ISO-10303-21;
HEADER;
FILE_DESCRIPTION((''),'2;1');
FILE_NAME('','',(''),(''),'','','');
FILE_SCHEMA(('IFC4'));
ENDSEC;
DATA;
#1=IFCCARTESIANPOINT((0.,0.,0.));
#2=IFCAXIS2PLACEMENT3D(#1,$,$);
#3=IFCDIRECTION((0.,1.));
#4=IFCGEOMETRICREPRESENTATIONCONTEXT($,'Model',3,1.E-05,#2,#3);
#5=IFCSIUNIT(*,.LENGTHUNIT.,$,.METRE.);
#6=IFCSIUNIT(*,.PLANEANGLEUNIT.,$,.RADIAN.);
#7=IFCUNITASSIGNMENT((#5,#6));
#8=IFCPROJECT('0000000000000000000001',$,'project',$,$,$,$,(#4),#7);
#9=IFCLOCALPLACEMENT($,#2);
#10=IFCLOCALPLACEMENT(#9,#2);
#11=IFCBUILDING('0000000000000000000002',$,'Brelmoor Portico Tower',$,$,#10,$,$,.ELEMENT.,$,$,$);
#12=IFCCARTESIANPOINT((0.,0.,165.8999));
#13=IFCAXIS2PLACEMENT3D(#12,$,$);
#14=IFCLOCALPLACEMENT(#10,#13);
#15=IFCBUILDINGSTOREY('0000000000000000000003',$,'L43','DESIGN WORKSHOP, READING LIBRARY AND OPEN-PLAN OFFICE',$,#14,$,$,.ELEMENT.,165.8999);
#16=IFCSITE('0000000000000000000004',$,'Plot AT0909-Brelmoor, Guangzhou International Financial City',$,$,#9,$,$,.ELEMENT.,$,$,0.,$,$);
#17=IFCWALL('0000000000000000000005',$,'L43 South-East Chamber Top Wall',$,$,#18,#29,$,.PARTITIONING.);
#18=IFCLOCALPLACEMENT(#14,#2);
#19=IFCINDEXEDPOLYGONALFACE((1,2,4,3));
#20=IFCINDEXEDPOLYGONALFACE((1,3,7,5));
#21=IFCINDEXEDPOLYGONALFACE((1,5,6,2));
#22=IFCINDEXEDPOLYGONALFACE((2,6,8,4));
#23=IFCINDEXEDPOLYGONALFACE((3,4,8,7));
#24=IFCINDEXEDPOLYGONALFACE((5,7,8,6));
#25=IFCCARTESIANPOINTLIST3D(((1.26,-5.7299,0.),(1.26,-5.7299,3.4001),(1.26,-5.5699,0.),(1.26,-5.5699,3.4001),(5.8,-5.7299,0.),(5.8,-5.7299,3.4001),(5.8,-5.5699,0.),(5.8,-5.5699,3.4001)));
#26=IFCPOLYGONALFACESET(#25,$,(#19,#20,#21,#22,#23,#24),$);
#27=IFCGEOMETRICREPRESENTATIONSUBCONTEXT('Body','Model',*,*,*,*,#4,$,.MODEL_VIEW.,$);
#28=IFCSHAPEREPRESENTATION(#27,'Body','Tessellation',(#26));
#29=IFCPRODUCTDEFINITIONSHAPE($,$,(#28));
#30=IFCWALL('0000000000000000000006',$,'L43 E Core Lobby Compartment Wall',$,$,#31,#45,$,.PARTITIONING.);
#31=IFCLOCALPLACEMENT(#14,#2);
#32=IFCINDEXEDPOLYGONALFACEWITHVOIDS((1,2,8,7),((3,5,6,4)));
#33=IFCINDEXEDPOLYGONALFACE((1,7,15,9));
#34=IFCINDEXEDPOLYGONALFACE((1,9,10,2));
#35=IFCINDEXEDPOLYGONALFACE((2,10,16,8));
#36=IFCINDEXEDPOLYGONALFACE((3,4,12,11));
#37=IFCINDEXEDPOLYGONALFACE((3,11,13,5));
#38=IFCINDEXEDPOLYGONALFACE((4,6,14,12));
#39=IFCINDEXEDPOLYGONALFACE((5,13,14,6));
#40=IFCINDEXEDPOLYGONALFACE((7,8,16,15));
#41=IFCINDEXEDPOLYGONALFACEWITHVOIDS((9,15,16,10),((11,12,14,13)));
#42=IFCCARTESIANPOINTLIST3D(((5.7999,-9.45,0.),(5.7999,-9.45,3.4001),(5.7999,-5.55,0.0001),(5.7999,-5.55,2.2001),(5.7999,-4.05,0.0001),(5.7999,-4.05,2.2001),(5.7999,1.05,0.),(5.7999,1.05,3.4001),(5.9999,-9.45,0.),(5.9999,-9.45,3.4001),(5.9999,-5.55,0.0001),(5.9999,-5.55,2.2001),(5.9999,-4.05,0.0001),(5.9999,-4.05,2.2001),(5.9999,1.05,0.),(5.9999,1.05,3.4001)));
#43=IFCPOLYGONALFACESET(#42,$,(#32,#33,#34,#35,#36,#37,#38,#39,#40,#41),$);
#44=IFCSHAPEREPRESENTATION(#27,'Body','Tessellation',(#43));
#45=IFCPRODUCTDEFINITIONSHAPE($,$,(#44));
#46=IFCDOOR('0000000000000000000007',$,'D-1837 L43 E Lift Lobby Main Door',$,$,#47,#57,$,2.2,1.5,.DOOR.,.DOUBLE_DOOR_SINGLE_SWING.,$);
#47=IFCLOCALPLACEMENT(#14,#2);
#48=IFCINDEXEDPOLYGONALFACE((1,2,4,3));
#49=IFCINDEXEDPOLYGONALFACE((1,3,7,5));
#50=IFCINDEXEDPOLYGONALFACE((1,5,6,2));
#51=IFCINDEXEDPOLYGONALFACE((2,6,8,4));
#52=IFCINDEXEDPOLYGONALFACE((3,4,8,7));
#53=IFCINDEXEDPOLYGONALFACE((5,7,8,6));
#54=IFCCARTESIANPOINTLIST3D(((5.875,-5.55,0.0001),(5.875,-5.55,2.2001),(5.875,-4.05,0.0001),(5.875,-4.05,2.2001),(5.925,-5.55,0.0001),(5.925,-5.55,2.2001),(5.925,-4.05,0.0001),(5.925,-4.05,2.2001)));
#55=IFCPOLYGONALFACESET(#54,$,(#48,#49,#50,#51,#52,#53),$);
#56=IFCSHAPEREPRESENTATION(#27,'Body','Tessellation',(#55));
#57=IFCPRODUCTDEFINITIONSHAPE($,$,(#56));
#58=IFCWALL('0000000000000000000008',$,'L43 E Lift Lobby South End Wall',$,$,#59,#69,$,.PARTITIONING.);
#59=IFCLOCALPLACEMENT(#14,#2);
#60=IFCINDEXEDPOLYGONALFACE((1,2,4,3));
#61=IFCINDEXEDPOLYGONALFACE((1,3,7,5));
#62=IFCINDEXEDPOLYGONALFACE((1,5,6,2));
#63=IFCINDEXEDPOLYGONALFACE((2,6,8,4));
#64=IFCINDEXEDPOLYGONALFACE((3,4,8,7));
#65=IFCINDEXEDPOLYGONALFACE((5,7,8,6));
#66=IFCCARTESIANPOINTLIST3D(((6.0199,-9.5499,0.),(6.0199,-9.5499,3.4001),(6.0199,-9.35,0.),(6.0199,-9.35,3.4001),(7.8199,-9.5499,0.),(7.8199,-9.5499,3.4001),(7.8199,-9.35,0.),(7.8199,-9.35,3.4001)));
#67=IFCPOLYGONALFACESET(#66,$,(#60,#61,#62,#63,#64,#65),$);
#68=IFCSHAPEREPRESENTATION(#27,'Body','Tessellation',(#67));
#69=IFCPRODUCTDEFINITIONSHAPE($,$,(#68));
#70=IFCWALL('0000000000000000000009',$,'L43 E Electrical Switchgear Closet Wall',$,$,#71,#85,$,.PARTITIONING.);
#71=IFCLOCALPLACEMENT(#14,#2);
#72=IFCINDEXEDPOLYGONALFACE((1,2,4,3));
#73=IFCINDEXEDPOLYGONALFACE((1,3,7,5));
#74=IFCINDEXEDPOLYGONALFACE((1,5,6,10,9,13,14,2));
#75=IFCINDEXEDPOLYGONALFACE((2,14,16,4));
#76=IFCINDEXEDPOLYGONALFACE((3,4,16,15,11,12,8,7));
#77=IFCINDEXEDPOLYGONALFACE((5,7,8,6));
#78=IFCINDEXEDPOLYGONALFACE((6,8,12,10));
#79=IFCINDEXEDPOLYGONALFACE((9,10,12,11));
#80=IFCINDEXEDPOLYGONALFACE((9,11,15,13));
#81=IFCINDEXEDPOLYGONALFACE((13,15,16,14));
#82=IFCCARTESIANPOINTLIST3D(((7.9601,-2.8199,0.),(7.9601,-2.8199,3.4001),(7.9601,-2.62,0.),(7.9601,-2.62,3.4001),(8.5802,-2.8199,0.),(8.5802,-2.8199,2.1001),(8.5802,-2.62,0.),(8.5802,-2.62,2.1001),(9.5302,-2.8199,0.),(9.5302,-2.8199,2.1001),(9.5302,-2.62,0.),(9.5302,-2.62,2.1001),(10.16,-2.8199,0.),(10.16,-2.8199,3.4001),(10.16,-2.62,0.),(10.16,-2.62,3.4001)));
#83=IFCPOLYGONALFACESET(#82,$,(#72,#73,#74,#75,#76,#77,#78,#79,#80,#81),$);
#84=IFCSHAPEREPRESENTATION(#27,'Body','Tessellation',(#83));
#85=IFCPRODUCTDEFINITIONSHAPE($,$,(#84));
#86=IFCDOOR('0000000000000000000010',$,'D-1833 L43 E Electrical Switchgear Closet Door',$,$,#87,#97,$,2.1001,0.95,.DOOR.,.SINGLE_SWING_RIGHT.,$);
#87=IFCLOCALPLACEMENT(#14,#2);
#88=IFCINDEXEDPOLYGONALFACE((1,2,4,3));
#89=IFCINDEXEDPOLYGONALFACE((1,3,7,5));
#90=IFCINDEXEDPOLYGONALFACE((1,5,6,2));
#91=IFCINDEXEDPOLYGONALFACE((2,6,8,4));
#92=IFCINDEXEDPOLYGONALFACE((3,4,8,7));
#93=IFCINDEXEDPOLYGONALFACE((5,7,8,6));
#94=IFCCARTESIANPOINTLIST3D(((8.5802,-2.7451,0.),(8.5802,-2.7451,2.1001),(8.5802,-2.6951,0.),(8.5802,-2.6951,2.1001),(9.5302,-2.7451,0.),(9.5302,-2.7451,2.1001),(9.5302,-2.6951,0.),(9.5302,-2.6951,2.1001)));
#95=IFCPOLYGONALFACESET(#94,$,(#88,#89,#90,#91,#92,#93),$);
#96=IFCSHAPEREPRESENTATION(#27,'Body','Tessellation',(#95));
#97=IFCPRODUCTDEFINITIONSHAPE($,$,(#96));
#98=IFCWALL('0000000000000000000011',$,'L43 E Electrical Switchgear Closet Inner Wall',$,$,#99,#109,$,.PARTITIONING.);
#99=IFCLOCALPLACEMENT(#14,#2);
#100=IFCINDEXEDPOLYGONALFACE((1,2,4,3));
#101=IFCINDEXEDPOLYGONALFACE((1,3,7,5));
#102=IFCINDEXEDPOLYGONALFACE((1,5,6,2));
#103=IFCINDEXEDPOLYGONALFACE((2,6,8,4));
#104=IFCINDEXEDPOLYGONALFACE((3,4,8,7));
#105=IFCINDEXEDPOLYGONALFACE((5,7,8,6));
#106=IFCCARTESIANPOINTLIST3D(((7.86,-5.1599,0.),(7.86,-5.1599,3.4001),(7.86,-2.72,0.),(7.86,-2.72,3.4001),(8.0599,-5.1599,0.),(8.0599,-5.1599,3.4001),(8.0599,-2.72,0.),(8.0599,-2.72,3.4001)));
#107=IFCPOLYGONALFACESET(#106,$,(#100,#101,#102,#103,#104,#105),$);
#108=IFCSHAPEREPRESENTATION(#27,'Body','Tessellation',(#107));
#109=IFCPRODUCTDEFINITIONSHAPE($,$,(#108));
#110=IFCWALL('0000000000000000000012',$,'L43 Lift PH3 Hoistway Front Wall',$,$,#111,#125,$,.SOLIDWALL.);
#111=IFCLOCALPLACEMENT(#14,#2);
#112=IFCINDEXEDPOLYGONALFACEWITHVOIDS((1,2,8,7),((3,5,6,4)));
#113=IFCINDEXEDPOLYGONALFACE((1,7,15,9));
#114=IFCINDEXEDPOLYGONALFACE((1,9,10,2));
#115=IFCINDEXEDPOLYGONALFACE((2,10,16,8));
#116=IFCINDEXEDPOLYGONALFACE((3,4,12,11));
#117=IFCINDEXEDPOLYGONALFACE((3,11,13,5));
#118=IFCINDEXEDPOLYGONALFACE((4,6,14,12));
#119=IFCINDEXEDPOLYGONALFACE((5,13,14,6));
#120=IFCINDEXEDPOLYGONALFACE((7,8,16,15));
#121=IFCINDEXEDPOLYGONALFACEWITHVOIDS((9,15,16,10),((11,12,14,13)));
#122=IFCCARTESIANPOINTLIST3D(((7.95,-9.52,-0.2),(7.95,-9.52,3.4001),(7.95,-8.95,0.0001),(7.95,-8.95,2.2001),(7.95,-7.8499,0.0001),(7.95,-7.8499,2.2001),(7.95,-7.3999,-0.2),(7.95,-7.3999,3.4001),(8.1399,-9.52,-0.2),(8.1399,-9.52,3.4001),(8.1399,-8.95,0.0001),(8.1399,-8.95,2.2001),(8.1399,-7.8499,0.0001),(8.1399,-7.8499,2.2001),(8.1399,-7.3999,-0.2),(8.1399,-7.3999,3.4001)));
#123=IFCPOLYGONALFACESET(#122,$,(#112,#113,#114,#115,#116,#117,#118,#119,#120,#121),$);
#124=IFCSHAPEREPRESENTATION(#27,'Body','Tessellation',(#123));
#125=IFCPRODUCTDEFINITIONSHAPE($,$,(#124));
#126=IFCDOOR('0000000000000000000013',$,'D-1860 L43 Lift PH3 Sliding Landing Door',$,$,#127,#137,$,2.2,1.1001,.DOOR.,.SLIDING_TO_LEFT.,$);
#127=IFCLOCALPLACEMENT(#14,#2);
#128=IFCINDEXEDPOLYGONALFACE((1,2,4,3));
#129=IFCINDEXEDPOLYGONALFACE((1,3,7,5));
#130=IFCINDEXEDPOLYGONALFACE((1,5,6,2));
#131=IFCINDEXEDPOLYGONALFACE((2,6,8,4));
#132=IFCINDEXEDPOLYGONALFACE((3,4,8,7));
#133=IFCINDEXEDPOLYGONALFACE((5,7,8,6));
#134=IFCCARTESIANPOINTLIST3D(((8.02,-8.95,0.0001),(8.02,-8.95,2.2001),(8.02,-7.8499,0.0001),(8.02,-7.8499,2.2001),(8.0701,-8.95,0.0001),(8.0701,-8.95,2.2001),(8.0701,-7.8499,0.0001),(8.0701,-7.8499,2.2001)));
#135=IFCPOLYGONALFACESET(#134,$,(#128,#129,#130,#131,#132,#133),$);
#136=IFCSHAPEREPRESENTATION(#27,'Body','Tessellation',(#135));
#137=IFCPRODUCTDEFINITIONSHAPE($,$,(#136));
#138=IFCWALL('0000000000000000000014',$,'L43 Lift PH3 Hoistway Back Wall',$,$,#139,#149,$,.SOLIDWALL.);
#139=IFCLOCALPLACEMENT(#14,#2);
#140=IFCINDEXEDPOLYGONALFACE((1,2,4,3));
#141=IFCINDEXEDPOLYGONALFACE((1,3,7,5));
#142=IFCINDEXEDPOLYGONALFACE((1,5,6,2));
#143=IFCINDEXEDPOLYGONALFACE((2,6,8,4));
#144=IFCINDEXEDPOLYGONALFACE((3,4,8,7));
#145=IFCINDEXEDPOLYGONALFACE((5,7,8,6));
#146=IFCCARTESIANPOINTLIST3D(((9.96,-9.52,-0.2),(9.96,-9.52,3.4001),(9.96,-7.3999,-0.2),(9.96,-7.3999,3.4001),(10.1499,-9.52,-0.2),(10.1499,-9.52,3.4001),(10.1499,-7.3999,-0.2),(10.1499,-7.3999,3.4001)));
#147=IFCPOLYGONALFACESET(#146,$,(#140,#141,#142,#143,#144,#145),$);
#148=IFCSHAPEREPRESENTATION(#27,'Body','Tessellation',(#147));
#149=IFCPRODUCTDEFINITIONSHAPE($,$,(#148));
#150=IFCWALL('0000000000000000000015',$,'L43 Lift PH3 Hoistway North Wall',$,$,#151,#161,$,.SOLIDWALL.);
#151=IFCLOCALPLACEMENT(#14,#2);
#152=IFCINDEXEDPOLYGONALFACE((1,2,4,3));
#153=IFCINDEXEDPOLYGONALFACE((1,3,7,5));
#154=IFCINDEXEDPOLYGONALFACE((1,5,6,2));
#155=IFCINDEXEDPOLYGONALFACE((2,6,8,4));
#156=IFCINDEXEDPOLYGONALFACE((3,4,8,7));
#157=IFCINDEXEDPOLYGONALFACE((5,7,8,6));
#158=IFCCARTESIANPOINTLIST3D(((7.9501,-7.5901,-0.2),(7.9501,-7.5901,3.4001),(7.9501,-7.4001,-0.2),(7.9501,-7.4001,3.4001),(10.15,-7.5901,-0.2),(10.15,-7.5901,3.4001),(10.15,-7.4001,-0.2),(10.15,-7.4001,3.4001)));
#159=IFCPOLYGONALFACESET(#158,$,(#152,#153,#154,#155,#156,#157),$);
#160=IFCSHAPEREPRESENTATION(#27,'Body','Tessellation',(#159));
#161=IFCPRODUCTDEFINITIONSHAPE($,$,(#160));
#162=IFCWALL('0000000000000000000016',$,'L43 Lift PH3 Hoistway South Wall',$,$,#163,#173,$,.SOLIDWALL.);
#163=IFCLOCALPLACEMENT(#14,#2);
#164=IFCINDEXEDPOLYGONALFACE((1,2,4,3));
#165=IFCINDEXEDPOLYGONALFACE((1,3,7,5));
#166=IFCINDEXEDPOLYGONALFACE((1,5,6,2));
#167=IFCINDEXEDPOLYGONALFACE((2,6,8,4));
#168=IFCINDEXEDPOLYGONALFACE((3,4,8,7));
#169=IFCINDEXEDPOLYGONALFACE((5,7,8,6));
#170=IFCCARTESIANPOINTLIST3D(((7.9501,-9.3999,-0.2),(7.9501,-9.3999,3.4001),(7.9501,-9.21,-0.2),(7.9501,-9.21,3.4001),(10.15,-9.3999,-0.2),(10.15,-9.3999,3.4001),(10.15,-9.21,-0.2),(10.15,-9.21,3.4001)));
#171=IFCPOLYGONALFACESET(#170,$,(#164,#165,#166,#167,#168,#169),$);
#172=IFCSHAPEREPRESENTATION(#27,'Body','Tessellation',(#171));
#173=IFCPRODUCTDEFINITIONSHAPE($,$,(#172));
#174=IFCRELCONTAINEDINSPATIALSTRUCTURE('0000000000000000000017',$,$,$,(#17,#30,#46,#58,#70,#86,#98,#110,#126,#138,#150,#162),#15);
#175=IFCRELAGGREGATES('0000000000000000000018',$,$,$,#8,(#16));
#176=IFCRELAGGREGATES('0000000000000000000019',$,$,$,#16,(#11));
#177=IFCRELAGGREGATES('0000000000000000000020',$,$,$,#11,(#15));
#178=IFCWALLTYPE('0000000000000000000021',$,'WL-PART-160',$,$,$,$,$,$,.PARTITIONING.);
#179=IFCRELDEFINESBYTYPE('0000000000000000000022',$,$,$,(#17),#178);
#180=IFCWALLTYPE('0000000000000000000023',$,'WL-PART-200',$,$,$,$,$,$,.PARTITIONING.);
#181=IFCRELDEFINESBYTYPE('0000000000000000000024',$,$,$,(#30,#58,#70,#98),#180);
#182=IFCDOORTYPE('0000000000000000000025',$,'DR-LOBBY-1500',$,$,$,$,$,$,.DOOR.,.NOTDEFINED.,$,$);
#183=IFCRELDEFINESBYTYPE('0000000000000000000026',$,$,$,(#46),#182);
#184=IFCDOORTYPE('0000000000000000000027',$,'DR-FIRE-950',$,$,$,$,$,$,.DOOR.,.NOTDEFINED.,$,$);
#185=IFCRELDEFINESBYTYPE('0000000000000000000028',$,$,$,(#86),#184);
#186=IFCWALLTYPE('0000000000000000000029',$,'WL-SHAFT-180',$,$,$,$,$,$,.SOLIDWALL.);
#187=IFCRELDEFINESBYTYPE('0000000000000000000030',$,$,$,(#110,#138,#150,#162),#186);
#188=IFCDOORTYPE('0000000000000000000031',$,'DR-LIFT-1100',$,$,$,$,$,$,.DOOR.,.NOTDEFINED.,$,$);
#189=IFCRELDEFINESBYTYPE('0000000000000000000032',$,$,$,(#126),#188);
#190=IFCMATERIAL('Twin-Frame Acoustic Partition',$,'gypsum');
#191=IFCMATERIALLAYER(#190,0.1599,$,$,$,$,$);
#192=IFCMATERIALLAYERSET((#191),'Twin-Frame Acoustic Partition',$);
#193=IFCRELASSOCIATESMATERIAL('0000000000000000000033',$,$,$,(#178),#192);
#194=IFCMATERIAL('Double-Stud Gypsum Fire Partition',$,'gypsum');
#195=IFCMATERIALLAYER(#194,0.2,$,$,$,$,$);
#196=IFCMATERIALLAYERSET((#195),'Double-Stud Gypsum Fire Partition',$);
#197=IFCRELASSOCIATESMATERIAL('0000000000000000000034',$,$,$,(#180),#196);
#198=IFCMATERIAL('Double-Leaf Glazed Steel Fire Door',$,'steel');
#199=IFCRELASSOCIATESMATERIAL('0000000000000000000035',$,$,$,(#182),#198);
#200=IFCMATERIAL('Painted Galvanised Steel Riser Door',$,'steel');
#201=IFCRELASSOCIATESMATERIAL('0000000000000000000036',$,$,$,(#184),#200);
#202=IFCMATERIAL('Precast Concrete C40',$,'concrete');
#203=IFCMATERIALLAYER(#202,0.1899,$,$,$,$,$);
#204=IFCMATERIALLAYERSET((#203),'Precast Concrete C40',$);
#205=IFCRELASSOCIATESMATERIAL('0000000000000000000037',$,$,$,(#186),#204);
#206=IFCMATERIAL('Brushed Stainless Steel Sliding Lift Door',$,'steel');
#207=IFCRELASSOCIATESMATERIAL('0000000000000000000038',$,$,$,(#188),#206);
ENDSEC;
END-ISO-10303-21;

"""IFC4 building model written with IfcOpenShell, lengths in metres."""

from ifc_helpers import new_model, si_unit, direction, frame, frame_2d, origin, place, context, subcontext, project, spatial, rectangle, extrude, material, layer, layer_set, type_object, element, fill, save


model = new_model("IFC4")

# Units and contexts
model_context = context("Model", 3, precision=1e-05, world=origin(), true_north=direction((0.0, 1.0)))
body_context = subcontext(model_context, "Body", "Model", "MODEL_VIEW")
ifc_project = project(units=[si_unit("LENGTHUNIT", "METRE"), si_unit("PLANEANGLEUNIT", "RADIAN")], contexts=[model_context])

# Site, building, storey
site_placement = place(None, origin())
site = spatial("IfcSite", under=ifc_project, at=site_placement, Name="Plot AT0909-Brelmoor, Guangzhou International Financial City", CompositionType="ELEMENT", RefElevation=0.0)
building_placement = place(site_placement, origin())
building = spatial("IfcBuilding", under=site, at=building_placement, Name="Brelmoor Portico Tower", CompositionType="ELEMENT")
storey_placement = place(building_placement, frame((0.0, 0.0, 165.8999)))
storey = spatial("IfcBuildingStorey", under=building, at=storey_placement, Name="L43", Description="DESIGN WORKSHOP, READING LIBRARY AND OPEN-PLAN OFFICE", CompositionType="ELEMENT", Elevation=165.8999)

# Shared definitions
ifc_material_1 = material(Name="Twin-Frame Acoustic Partition", Category="gypsum")
ifc_layer_1 = layer(ifc_material_1, 0.1599)
ifc_layer_set_1 = layer_set([ifc_layer_1], Name="Twin-Frame Acoustic Partition")
wall_type_1 = type_object("IfcWallType", Name="WL-PART-160", PredefinedType="PARTITIONING", material=ifc_layer_set_1)

# Wall
for number, where, z_axis, x_axis, name in (
    (1, (1.26, -5.6499, 0.0), (0.0, 0.0, 1.0), (1.0, 0.0, 0.0), "L43 South-East Chamber Top Wall"),
):
    element("IfcWall", number, at=place(storey_placement, frame(where, z_axis=z_axis, x_axis=x_axis)), inside=storey, type_object=wall_type_1, Name=name, PredefinedType="PARTITIONING", context=body_context, shape_type="SweptSolid", body=[
        extrude(rectangle(XDim=4.54, YDim=0.1599, at=frame_2d((2.27, 0.0))), origin(), (0.0, 0.0, 1.0), 3.4001),
    ])

# Wall, opening, door
ifc_material_2 = material(Name="Double-Stud Gypsum Fire Partition", Category="gypsum")
ifc_layer_2 = layer(ifc_material_2, 0.2)
ifc_layer_set_2 = layer_set([ifc_layer_2], Name="Double-Stud Gypsum Fire Partition")
wall_type_2 = type_object("IfcWallType", Name="WL-PART-200", PredefinedType="PARTITIONING", material=ifc_layer_set_2)
wall_1_placement = place(storey_placement, frame((5.8999, -9.45, 0.0), z_axis=(0.0, 0.0, 1.0), x_axis=(0.0, 1.0, 0.0)))
wall_1 = element("IfcWall", 2, at=wall_1_placement, inside=storey, type_object=wall_type_2, Name="L43 E Core Lobby Compartment Wall", PredefinedType="PARTITIONING", context=body_context, shape_type="SweptSolid", body=[
    extrude(rectangle(XDim=10.5, YDim=0.2, at=frame_2d((5.25, 0.0))), origin(), (0.0, 0.0, 1.0), 3.4001),
])
opening_1_placement = place(wall_1_placement, frame((3.8999, 0.0, 0.0)))
opening_1 = element("IfcOpeningElement", 3, at=opening_1_placement, cuts=wall_1, PredefinedType="OPENING", context=body_context, shape_type="SweptSolid", body=[
    extrude(rectangle(XDim=1.5, YDim=2.2, at=frame_2d((0.75, 1.1001))), frame((0.0, 0.1099, 0.0), z_axis=(0.0, -1.0, 0.0), x_axis=(1.0, 0.0, 0.0)), (0.0, 0.0, 1.0), 0.22),
])
ifc_material_3 = material(Name="Double-Leaf Glazed Steel Fire Door", Category="steel")
door_type_1 = type_object("IfcDoorType", Name="DR-LOBBY-1500", OperationType="NOTDEFINED", PredefinedType="DOOR", material=ifc_material_3)
door_1_placement = place(opening_1_placement, origin())
door_1 = element("IfcDoor", 4, at=door_1_placement, inside=storey, type_object=door_type_1, Name="D-1837 L43 E Lift Lobby Main Door", OperationType="DOUBLE_DOOR_SINGLE_SWING", OverallHeight=2.2, OverallWidth=1.5, PredefinedType="DOOR", context=body_context, shape_type="SweptSolid", body=[
    extrude(rectangle(XDim=1.5, YDim=2.2, at=frame_2d((0.75, 1.1001))), frame((0.0, 0.0249, 0.0), z_axis=(0.0, -1.0, 0.0), x_axis=(1.0, 0.0, 0.0)), (0.0, 0.0, 1.0), 0.05),
])
fill(opening_1, door_1)

# Wall
wall_2_placement = place(storey_placement, frame((6.02, -9.45, 0.0), z_axis=(0.0, 0.0, 1.0), x_axis=(1.0, 0.0, 0.0)))
element("IfcWall", 5, at=wall_2_placement, inside=storey, type_object=wall_type_2, Name="L43 E Lift Lobby South End Wall", PredefinedType="PARTITIONING", context=body_context, shape_type="SweptSolid", body=[
    extrude(rectangle(XDim=1.8, YDim=0.2, at=frame_2d((0.8999, 0.0))), origin(), (0.0, 0.0, 1.0), 3.4001),
])

# Wall, opening, door
wall_3_placement = place(storey_placement, frame((7.96, -2.72, 0.0), z_axis=(0.0, 0.0, 1.0), x_axis=(1.0, 0.0, 0.0)))
wall_3 = element("IfcWall", 6, at=wall_3_placement, inside=storey, type_object=wall_type_2, Name="L43 E Electrical Switchgear Closet Wall", PredefinedType="PARTITIONING", context=body_context, shape_type="SweptSolid", body=[
    extrude(rectangle(XDim=2.2, YDim=0.2, at=frame_2d((1.1001, 0.0))), origin(), (0.0, 0.0, 1.0), 3.4001),
])
opening_2_placement = place(wall_3_placement, frame((0.6201, 0.0, 0.0)))
opening_2 = element("IfcOpeningElement", 7, at=opening_2_placement, cuts=wall_3, PredefinedType="OPENING", context=body_context, shape_type="SweptSolid", body=[
    extrude(rectangle(XDim=0.95, YDim=2.1001, at=frame_2d((0.4751, 1.05))), frame((0.0, 0.1099, 0.0), z_axis=(0.0, -1.0, 0.0), x_axis=(1.0, 0.0, 0.0)), (0.0, 0.0, 1.0), 0.22),
])
ifc_material_4 = material(Name="Painted Galvanised Steel Riser Door", Category="steel")
door_type_2 = type_object("IfcDoorType", Name="DR-FIRE-950", OperationType="NOTDEFINED", PredefinedType="DOOR", material=ifc_material_4)
door_2_placement = place(opening_2_placement, origin())
door_2 = element("IfcDoor", 8, at=door_2_placement, inside=storey, type_object=door_type_2, Name="D-1833 L43 E Electrical Switchgear Closet Door", OperationType="SINGLE_SWING_RIGHT", OverallHeight=2.1001, OverallWidth=0.95, PredefinedType="DOOR", context=body_context, shape_type="SweptSolid", body=[
    extrude(rectangle(XDim=0.95, YDim=2.1001, at=frame_2d((0.4751, 1.05))), frame((0.0, 0.0249, 0.0), z_axis=(0.0, -1.0, 0.0), x_axis=(1.0, 0.0, 0.0)), (0.0, 0.0, 1.0), 0.05),
])
fill(opening_2, door_2)

# Wall
wall_4_placement = place(storey_placement, frame((7.96, -5.1599, 0.0), z_axis=(0.0, 0.0, 1.0), x_axis=(0.0, 1.0, 0.0)))
element("IfcWall", 9, at=wall_4_placement, inside=storey, type_object=wall_type_2, Name="L43 E Electrical Switchgear Closet Inner Wall", PredefinedType="PARTITIONING", context=body_context, shape_type="SweptSolid", body=[
    extrude(rectangle(XDim=2.4399, YDim=0.2, at=frame_2d((1.22, 0.0))), origin(), (0.0, 0.0, 1.0), 3.4001),
])

# Wall, opening, door
ifc_material_5 = material(Name="Precast Concrete C40", Category="concrete")
ifc_layer_3 = layer(ifc_material_5, 0.1899)
ifc_layer_set_3 = layer_set([ifc_layer_3], Name="Precast Concrete C40")
wall_type_3 = type_object("IfcWallType", Name="WL-SHAFT-180", PredefinedType="SOLIDWALL", material=ifc_layer_set_3)
wall_5_placement = place(storey_placement, frame((8.0449, -9.52, -0.2), z_axis=(0.0, 0.0, 1.0), x_axis=(0.0, 1.0, 0.0)))
wall_5 = element("IfcWall", 10, at=wall_5_placement, inside=storey, type_object=wall_type_3, Name="L43 Lift PH3 Hoistway Front Wall", PredefinedType="SOLIDWALL", context=body_context, shape_type="SweptSolid", body=[
    extrude(rectangle(XDim=2.1201, YDim=0.1899, at=frame_2d((1.0601, 0.0))), origin(), (0.0, 0.0, 1.0), 3.6001),
])
opening_3_placement = place(wall_5_placement, frame((0.5701, 0.0, 0.2)))
opening_3 = element("IfcOpeningElement", 11, at=opening_3_placement, cuts=wall_5, PredefinedType="OPENING", context=body_context, shape_type="SweptSolid", body=[
    extrude(rectangle(XDim=1.1001, YDim=2.2, at=frame_2d((0.55, 1.1001))), frame((0.0, 0.105, 0.0), z_axis=(0.0, -1.0, 0.0), x_axis=(1.0, 0.0, 0.0)), (0.0, 0.0, 1.0), 0.21),
])
ifc_material_6 = material(Name="Brushed Stainless Steel Sliding Lift Door", Category="steel")
door_type_3 = type_object("IfcDoorType", Name="DR-LIFT-1100", OperationType="NOTDEFINED", PredefinedType="DOOR", material=ifc_material_6)
door_3_placement = place(opening_3_placement, origin())
door_3 = element("IfcDoor", 12, at=door_3_placement, inside=storey, type_object=door_type_3, Name="D-1860 L43 Lift PH3 Sliding Landing Door", OperationType="SLIDING_TO_LEFT", OverallHeight=2.2, OverallWidth=1.1001, PredefinedType="DOOR", context=body_context, shape_type="SweptSolid", body=[
    extrude(rectangle(XDim=1.1001, YDim=2.2, at=frame_2d((0.55, 1.1001))), frame((0.0, 0.0249, 0.0), z_axis=(0.0, -1.0, 0.0), x_axis=(1.0, 0.0, 0.0)), (0.0, 0.0, 1.0), 0.05),
])
fill(opening_3, door_3)

# Walls
wall_6_placement = place(storey_placement, frame((10.0549, -9.52, -0.2), z_axis=(0.0, 0.0, 1.0), x_axis=(0.0, 1.0, 0.0)))
element("IfcWall", 13, at=wall_6_placement, inside=storey, type_object=wall_type_3, Name="L43 Lift PH3 Hoistway Back Wall", PredefinedType="SOLIDWALL", context=body_context, shape_type="SweptSolid", body=[
    extrude(rectangle(XDim=2.1201, YDim=0.1899, at=frame_2d((1.0601, 0.0))), origin(), (0.0, 0.0, 1.0), 3.6001),
])
for number, where, z_axis, x_axis, name in (
    (14, (7.95, -7.4951, -0.2), (0.0, 0.0, 1.0), (1.0, 0.0, 0.0), "L43 Lift PH3 Hoistway North Wall"),
    (15, (7.95, -9.3049, -0.2), (0.0, 0.0, 1.0), (1.0, 0.0, 0.0), "L43 Lift PH3 Hoistway South Wall"),
):
    element("IfcWall", number, at=place(storey_placement, frame(where, z_axis=z_axis, x_axis=x_axis)), inside=storey, type_object=wall_type_3, Name=name, PredefinedType="SOLIDWALL", context=body_context, shape_type="SweptSolid", body=[
        extrude(rectangle(XDim=2.2, YDim=0.1899, at=frame_2d((1.1001, 0.0))), origin(), (0.0, 0.0, 1.0), 3.6001),
    ])

save(model, "model.ifc")
